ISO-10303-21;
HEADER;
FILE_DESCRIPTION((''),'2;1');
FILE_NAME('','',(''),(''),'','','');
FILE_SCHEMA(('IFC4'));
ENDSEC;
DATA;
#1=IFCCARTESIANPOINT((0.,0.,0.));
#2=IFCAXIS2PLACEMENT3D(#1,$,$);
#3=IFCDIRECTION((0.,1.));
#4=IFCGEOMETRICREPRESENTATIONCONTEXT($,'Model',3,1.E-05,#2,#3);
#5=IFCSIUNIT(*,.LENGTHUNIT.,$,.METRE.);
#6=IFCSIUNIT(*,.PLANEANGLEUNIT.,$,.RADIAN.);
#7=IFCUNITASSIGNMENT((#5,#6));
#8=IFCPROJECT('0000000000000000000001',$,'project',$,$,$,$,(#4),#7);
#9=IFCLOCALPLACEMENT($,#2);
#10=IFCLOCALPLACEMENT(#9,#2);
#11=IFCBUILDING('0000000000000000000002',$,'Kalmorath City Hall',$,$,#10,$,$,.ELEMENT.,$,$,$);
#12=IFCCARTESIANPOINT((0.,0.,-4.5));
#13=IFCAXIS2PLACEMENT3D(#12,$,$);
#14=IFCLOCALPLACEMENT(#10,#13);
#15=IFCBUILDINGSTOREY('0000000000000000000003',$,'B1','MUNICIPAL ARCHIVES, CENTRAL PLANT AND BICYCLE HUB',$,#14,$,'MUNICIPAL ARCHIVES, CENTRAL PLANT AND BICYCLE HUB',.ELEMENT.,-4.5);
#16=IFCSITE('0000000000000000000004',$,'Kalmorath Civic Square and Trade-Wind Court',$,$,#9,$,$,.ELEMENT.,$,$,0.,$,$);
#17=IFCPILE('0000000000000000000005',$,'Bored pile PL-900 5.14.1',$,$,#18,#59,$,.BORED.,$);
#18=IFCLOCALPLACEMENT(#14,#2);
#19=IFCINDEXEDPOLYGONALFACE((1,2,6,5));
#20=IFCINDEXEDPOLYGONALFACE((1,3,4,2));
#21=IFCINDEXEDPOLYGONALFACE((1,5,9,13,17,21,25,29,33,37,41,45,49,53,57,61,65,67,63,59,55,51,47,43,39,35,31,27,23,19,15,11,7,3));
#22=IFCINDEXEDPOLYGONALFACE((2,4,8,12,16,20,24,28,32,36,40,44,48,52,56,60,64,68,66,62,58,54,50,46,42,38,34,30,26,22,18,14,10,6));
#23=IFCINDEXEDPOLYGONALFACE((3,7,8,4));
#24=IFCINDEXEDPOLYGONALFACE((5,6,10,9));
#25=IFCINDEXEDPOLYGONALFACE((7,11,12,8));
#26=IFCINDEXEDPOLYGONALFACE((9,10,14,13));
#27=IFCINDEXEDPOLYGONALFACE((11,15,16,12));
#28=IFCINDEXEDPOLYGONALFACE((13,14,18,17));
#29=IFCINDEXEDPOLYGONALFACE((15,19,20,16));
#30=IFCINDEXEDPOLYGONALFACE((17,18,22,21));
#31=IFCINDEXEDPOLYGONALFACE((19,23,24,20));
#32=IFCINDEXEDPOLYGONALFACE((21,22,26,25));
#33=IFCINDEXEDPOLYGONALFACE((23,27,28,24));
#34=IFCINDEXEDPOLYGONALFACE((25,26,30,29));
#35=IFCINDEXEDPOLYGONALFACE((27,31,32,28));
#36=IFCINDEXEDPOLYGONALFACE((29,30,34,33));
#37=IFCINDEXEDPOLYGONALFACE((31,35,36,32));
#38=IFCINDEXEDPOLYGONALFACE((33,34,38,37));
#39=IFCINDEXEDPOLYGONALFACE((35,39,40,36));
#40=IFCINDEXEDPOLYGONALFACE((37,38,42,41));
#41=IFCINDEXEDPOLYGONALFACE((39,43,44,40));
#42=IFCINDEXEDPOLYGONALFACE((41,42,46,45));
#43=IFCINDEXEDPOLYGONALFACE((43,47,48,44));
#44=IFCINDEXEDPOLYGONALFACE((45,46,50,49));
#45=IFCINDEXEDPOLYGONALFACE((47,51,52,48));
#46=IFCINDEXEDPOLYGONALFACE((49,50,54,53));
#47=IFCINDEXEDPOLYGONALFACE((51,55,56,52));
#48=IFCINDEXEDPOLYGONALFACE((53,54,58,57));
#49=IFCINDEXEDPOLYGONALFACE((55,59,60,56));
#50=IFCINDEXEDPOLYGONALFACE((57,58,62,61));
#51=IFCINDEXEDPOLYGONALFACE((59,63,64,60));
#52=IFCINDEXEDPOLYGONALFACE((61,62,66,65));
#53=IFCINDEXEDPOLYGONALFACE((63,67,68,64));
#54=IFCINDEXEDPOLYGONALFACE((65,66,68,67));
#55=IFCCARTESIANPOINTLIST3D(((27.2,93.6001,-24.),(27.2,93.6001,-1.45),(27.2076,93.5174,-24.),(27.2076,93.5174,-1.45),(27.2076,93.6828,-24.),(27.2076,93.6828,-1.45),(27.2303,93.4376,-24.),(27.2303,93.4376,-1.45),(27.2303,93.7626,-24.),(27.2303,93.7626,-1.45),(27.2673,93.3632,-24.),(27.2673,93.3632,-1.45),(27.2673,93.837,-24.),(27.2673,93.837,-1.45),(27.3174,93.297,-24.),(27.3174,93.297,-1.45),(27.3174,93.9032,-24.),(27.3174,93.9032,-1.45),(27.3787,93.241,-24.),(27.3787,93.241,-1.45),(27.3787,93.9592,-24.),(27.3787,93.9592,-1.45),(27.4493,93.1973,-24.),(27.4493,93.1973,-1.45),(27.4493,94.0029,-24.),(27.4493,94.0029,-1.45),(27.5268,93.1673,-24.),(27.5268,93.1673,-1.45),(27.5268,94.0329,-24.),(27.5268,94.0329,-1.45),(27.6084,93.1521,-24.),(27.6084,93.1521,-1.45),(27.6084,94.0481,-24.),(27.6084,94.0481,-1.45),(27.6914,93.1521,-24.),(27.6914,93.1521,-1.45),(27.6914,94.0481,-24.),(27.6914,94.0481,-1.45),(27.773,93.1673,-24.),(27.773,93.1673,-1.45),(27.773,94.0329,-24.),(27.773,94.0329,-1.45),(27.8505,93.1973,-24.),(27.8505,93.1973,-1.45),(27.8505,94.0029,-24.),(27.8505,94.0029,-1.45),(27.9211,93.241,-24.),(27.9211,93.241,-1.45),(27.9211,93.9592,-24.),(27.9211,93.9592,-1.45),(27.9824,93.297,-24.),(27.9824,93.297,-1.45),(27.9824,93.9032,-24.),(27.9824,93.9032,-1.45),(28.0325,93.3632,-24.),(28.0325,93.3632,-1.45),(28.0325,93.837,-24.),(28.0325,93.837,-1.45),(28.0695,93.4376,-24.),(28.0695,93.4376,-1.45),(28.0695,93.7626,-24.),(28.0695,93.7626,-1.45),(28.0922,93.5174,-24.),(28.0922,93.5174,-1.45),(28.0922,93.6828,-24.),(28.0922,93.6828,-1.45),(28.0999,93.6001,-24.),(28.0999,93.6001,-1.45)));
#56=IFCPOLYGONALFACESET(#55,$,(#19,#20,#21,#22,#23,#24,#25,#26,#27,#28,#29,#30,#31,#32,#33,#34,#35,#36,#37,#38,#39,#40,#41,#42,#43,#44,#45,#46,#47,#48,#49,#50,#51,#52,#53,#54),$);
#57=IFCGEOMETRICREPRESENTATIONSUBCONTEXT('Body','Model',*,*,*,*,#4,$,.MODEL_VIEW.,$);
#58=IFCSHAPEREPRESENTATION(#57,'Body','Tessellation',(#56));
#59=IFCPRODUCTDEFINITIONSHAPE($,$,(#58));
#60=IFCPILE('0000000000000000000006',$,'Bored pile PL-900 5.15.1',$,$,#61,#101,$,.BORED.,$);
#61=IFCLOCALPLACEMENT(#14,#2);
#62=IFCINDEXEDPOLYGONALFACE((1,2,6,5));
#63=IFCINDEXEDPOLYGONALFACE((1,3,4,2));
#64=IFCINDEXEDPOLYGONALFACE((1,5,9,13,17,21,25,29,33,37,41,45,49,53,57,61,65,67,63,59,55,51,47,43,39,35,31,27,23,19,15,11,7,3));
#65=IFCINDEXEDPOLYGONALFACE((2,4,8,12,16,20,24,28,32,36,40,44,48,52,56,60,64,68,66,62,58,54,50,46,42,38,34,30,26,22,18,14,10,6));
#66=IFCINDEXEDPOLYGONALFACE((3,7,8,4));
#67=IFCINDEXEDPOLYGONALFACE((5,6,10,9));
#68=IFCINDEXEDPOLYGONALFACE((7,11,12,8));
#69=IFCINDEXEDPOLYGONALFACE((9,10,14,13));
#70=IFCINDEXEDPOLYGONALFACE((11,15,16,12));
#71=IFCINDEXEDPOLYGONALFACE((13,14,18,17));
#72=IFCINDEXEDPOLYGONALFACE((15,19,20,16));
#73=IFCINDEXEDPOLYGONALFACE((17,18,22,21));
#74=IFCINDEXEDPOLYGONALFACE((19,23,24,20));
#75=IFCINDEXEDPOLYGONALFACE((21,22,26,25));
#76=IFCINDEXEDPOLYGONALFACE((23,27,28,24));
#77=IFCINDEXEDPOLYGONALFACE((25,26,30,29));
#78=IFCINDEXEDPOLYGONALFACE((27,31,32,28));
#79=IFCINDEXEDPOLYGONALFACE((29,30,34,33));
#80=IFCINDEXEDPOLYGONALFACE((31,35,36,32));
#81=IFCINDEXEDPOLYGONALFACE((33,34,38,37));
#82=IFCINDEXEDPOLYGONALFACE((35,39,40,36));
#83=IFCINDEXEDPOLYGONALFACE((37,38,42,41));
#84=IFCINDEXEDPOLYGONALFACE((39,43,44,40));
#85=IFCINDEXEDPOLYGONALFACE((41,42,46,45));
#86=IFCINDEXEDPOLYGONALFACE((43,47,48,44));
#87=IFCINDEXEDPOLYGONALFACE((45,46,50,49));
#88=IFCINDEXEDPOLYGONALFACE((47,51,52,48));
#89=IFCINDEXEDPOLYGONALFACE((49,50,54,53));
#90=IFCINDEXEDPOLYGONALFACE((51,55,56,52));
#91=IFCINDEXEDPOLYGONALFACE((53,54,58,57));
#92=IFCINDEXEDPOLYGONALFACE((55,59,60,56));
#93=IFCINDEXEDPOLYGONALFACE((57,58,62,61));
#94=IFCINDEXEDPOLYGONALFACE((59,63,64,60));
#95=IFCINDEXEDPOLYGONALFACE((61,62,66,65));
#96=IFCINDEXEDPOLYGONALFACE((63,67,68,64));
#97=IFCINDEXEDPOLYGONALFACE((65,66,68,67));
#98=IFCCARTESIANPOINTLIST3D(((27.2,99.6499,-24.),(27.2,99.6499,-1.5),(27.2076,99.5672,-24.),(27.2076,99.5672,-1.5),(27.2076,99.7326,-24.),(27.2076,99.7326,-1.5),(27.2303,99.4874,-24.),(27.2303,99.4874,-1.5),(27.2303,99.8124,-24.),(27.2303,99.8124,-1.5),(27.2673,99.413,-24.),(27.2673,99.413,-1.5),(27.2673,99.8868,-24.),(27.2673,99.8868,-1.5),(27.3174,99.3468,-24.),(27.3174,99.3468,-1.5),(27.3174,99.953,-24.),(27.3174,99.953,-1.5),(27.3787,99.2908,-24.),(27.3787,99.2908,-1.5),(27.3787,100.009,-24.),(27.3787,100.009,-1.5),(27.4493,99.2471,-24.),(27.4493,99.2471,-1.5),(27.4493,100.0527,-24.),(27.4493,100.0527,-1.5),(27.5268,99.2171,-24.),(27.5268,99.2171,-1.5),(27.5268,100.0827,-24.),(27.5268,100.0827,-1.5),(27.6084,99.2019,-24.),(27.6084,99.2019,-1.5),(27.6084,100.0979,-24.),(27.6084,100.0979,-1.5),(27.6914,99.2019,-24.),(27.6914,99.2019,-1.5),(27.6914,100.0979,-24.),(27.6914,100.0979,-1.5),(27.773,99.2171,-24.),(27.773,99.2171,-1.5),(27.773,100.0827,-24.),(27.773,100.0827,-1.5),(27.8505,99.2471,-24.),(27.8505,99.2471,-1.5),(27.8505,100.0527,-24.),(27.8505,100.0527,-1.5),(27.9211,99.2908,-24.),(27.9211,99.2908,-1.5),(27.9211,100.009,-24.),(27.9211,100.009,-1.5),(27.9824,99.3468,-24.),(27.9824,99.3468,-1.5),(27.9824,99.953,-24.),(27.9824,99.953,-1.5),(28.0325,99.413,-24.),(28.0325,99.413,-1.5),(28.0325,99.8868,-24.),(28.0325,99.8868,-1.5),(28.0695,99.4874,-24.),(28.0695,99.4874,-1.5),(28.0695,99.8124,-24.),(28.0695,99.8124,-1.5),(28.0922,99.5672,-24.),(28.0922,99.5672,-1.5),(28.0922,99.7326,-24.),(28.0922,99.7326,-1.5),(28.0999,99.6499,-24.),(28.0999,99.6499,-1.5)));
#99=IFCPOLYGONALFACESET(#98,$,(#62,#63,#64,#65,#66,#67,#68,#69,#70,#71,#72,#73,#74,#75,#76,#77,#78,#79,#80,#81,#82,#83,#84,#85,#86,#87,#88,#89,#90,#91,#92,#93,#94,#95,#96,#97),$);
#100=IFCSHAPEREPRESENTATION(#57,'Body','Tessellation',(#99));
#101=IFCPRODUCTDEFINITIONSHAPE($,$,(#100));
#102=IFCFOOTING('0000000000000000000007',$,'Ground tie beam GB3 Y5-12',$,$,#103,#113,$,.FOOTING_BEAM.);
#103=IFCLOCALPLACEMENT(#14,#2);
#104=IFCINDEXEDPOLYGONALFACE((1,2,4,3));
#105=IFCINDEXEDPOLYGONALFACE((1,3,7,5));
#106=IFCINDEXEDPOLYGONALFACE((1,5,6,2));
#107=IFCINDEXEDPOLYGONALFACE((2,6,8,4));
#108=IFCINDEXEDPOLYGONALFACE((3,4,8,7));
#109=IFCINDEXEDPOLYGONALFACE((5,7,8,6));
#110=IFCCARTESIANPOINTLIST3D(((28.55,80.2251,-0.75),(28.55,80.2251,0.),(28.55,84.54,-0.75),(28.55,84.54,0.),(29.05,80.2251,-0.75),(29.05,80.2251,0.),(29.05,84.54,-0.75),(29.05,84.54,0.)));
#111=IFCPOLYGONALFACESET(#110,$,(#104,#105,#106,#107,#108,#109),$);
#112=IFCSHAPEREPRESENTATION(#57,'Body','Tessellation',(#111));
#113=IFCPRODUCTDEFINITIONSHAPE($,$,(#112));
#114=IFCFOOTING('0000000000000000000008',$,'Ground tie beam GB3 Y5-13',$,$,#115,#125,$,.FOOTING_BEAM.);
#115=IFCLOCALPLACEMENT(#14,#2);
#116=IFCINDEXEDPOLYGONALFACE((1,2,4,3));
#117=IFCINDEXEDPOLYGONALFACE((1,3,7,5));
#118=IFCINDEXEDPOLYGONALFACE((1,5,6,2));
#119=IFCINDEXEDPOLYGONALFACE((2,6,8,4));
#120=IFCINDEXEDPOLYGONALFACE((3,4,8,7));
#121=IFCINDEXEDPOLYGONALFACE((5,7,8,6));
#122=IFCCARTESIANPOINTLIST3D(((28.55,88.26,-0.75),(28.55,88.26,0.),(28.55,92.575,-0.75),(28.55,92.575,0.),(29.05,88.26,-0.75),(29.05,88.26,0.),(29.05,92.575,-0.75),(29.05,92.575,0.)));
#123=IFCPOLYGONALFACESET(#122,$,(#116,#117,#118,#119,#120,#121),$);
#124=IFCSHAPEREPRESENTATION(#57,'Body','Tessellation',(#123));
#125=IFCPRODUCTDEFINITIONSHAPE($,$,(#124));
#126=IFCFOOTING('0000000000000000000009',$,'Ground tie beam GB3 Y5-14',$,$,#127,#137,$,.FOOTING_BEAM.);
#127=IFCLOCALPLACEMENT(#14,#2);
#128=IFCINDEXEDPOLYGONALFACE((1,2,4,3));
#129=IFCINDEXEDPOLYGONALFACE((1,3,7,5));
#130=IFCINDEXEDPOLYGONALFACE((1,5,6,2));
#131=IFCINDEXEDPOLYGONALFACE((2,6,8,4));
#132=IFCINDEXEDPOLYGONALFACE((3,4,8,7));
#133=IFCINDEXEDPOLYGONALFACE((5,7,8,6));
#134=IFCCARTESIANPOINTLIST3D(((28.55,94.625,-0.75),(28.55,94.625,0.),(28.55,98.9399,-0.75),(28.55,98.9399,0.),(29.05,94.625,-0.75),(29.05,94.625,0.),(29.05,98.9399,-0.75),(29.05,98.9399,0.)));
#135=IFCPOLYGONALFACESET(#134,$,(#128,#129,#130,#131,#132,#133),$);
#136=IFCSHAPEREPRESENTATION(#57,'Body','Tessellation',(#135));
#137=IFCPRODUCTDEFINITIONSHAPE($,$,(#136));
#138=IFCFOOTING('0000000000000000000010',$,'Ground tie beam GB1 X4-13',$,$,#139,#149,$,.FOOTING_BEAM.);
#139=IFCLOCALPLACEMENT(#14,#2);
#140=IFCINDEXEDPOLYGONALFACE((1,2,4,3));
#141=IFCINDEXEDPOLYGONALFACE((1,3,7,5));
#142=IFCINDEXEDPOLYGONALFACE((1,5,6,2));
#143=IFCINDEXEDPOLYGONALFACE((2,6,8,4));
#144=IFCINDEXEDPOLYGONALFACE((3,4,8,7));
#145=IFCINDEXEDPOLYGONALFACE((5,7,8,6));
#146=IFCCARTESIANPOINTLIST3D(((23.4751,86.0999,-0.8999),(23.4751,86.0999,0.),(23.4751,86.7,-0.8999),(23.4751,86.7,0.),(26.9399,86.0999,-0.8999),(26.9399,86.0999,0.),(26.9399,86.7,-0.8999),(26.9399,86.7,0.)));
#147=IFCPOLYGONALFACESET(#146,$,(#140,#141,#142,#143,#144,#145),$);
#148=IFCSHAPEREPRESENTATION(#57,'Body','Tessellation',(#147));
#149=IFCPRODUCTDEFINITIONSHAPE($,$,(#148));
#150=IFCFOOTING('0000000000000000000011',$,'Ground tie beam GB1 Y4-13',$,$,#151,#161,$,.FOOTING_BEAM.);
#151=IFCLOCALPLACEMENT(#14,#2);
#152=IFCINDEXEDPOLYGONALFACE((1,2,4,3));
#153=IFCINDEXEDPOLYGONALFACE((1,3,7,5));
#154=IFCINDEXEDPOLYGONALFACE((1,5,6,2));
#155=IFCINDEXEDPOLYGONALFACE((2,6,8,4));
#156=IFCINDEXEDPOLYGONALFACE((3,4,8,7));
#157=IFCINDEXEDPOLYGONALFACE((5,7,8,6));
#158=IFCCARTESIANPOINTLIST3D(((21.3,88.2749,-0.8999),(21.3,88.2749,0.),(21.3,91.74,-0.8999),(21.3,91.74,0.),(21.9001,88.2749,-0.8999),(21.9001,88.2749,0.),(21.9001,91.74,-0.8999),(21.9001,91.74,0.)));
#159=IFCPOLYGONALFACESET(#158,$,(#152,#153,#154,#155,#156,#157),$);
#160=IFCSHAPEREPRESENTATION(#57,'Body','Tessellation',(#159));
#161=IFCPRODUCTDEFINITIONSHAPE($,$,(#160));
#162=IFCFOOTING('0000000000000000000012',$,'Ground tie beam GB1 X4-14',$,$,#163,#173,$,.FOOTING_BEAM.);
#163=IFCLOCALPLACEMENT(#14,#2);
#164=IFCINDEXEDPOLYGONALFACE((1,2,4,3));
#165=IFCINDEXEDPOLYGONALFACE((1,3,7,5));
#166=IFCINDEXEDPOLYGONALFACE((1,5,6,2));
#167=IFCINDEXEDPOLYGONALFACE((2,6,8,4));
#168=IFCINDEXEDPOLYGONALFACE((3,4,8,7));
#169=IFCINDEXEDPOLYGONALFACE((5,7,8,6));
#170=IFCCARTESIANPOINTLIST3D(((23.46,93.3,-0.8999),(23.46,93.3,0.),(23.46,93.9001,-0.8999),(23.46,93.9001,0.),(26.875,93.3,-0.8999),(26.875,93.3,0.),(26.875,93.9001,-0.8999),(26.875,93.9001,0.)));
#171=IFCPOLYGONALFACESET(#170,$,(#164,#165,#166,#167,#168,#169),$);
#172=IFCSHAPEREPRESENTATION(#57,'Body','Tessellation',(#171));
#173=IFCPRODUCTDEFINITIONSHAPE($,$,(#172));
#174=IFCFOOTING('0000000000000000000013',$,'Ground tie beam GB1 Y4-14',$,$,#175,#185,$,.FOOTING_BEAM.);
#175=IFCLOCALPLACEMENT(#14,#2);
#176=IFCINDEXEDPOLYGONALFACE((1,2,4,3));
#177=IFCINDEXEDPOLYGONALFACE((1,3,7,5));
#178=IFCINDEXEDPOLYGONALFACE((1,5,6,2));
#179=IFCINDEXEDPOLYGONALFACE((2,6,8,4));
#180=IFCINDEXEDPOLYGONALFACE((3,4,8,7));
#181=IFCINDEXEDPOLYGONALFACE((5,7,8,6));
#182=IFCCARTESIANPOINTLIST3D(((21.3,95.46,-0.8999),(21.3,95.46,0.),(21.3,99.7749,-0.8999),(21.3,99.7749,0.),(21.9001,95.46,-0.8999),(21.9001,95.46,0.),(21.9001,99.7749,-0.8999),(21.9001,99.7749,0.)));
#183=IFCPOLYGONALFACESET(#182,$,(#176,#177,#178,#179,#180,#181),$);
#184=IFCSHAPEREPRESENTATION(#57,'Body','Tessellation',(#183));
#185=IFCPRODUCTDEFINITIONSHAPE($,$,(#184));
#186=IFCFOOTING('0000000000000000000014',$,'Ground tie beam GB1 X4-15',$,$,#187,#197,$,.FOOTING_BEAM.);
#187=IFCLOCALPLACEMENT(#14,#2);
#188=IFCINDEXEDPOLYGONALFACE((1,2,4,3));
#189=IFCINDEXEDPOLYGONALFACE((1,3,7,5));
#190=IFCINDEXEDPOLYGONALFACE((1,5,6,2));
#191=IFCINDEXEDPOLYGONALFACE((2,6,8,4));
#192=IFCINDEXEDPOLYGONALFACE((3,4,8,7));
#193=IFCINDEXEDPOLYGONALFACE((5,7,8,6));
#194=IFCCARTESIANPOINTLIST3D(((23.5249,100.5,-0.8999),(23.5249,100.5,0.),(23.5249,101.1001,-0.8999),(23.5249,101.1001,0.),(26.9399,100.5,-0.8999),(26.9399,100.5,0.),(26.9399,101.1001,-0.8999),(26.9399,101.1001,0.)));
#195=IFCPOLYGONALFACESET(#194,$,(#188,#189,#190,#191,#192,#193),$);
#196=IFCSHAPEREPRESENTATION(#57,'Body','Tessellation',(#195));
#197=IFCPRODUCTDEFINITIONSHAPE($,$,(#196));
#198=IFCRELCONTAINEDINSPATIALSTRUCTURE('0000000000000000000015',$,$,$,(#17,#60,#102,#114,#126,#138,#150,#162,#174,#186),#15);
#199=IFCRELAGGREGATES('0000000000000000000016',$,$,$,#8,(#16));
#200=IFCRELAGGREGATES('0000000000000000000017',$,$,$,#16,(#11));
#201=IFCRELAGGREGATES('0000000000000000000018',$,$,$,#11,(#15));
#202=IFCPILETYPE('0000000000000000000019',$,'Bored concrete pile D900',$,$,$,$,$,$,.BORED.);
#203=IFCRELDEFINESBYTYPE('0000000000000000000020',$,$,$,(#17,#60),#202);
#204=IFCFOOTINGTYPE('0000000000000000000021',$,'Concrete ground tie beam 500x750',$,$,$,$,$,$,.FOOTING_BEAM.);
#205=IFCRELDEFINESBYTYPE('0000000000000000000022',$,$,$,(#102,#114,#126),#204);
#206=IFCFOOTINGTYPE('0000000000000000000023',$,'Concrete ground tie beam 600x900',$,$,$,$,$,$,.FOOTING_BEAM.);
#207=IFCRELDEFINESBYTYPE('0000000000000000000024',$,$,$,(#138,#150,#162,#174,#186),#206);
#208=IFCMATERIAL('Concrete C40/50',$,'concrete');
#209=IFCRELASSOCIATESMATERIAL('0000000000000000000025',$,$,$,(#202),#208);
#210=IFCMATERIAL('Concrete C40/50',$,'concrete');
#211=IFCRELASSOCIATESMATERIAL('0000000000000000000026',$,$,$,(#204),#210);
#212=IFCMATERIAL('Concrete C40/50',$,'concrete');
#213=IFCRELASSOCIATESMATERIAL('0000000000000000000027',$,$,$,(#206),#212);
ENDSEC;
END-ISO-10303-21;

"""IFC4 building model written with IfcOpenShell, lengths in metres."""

from ifc_helpers import new_model, si_unit, direction, frame, origin, origin_2d, place, context, subcontext, project, spatial, rectangle, circle, extrude, material, material_profile, profile_set, type_object, element, save


model = new_model("IFC4")

# Units and contexts
model_context = context("Model", 3, precision=1e-05, world=origin(), true_north=direction((0.0, 1.0)))
body_context = subcontext(model_context, "Body", "Model", "MODEL_VIEW")
ifc_project = project(units=[si_unit("LENGTHUNIT", "METRE"), si_unit("PLANEANGLEUNIT", "RADIAN")], contexts=[model_context])

# Site, building, storey
site_placement = place(None, origin())
site = spatial("IfcSite", under=ifc_project, at=site_placement, Name="Kalmorath Civic Square and Trade-Wind Court", CompositionType="ELEMENT", RefElevation=0.0)
building_placement = place(site_placement, origin())
building = spatial("IfcBuilding", under=site, at=building_placement, Name="Kalmorath City Hall", CompositionType="ELEMENT")
storey_placement = place(building_placement, frame((0.0, 0.0, -4.5)))
storey = spatial("IfcBuildingStorey", under=building, at=storey_placement, Name="B1", Description="MUNICIPAL ARCHIVES, CENTRAL PLANT AND BICYCLE HUB", LongName="MUNICIPAL ARCHIVES, CENTRAL PLANT AND BICYCLE HUB", CompositionType="ELEMENT", Elevation=-4.5)

# Piles
ifc_material_1 = material(Name="Concrete C40/50", Category="concrete")
ifc_material_profile_1 = material_profile(ifc_material_1, circle(Radius=0.45, at=origin_2d()), Name="PILE-D900")
ifc_profile_set_1 = profile_set([ifc_material_profile_1], Name="Concrete C40/50")
pile_type = type_object("IfcPileType", Name="Bored concrete pile D900", PredefinedType="BORED", material=ifc_profile_set_1)
pile_1_placement = place(storey_placement, frame((27.6499, 93.6001, -1.45), z_axis=(0.0, 0.0, -1.0), x_axis=(1.0, 0.0, 0.0)))
element("IfcPile", 1, at=pile_1_placement, inside=storey, type_object=pile_type, Name="Bored pile PL-900 5.14.1", PredefinedType="BORED", context=body_context, shape_type="SweptSolid", body=[
    extrude(circle(Radius=0.45, at=origin_2d()), origin(), (0.0, 0.0, 1.0), 22.55),
])
pile_2_placement = place(storey_placement, frame((27.6499, 99.6499, -1.5), z_axis=(0.0, 0.0, -1.0), x_axis=(1.0, 0.0, 0.0)))
element("IfcPile", 2, at=pile_2_placement, inside=storey, type_object=pile_type, Name="Bored pile PL-900 5.15.1", PredefinedType="BORED", context=body_context, shape_type="SweptSolid", body=[
    extrude(circle(Radius=0.45, at=origin_2d()), origin(), (0.0, 0.0, 1.0), 22.5),
])

# Footings
ifc_material_2 = material(Name="Concrete C40/50", Category="concrete")
ifc_material_profile_2 = material_profile(ifc_material_2, rectangle(XDim=0.5, YDim=0.75, at=origin_2d()), Name="RC-BM-500X750")
ifc_profile_set_2 = profile_set([ifc_material_profile_2], Name="Concrete C40/50")
footing_type_1 = type_object("IfcFootingType", Name="Concrete ground tie beam 500x750", PredefinedType="FOOTING_BEAM", material=ifc_profile_set_2)
for number, where, z_axis, x_axis, name in (
    (3, (28.8, 80.2251, -0.375), (0.0, 1.0, 0.0), (-1.0, 0.0, 0.0), "Ground tie beam GB3 Y5-12"),
    (4, (28.8, 88.26, -0.375), (0.0, 1.0, 0.0), (-1.0, 0.0, 0.0), "Ground tie beam GB3 Y5-13"),
    (5, (28.8, 94.625, -0.375), (0.0, 1.0, 0.0), (-1.0, 0.0, 0.0), "Ground tie beam GB3 Y5-14"),
):
    element("IfcFooting", number, at=place(storey_placement, frame(where, z_axis=z_axis, x_axis=x_axis)), inside=storey, type_object=footing_type_1, Name=name, PredefinedType="FOOTING_BEAM", context=body_context, shape_type="SweptSolid", body=[
        extrude(rectangle(XDim=0.5, YDim=0.75, at=origin_2d()), origin(), (0.0, 0.0, 1.0), 4.3149),
    ])
ifc_material_3 = material(Name="Concrete C40/50", Category="concrete")
ifc_material_profile_3 = material_profile(ifc_material_3, rectangle(XDim=0.6001, YDim=0.8999, at=origin_2d()), Name="RC-BM-600X900")
ifc_profile_set_3 = profile_set([ifc_material_profile_3], Name="Concrete C40/50")
footing_type_2 = type_object("IfcFootingType", Name="Concrete ground tie beam 600x900", PredefinedType="FOOTING_BEAM", material=ifc_profile_set_3)
footing_1_placement = place(storey_placement, frame((23.4751, 86.3999, -0.45), z_axis=(1.0, 0.0, 0.0), x_axis=(0.0, 1.0, 0.0)))
element("IfcFooting", 6, at=footing_1_placement, inside=storey, type_object=footing_type_2, Name="Ground tie beam GB1 X4-13", PredefinedType="FOOTING_BEAM", context=body_context, shape_type="SweptSolid", body=[
    extrude(rectangle(XDim=0.6001, YDim=0.8999, at=origin_2d()), origin(), (0.0, 0.0, 1.0), 3.4648),
])
footing_2_placement = place(storey_placement, frame((21.6001, 88.2749, -0.45), z_axis=(0.0, 1.0, 0.0), x_axis=(-1.0, 0.0, 0.0)))
element("IfcFooting", 7, at=footing_2_placement, inside=storey, type_object=footing_type_2, Name="Ground tie beam GB1 Y4-13", PredefinedType="FOOTING_BEAM", context=body_context, shape_type="SweptSolid", body=[
    extrude(rectangle(XDim=0.6001, YDim=0.8999, at=origin_2d()), origin(), (0.0, 0.0, 1.0), 3.4651),
])
footing_3_placement = place(storey_placement, frame((23.46, 93.6001, -0.45), z_axis=(1.0, 0.0, 0.0), x_axis=(0.0, 1.0, 0.0)))
element("IfcFooting", 8, at=footing_3_placement, inside=storey, type_object=footing_type_2, Name="Ground tie beam GB1 X4-14", PredefinedType="FOOTING_BEAM", context=body_context, shape_type="SweptSolid", body=[
    extrude(rectangle(XDim=0.6001, YDim=0.8999, at=origin_2d()), origin(), (0.0, 0.0, 1.0), 3.415),
])
footing_4_placement = place(storey_placement, frame((21.6001, 95.46, -0.45), z_axis=(0.0, 1.0, 0.0), x_axis=(-1.0, 0.0, 0.0)))
element("IfcFooting", 9, at=footing_4_placement, inside=storey, type_object=footing_type_2, Name="Ground tie beam GB1 Y4-14", PredefinedType="FOOTING_BEAM", context=body_context, shape_type="SweptSolid", body=[
    extrude(rectangle(XDim=0.6001, YDim=0.8999, at=origin_2d()), origin(), (0.0, 0.0, 1.0), 4.3149),
])
footing_5_placement = place(storey_placement, frame((23.5249, 100.8, -0.45), z_axis=(1.0, 0.0, 0.0), x_axis=(0.0, 1.0, 0.0)))
element("IfcFooting", 10, at=footing_5_placement, inside=storey, type_object=footing_type_2, Name="Ground tie beam GB1 X4-15", PredefinedType="FOOTING_BEAM", context=body_context, shape_type="SweptSolid", body=[
    extrude(rectangle(XDim=0.6001, YDim=0.8999, at=origin_2d()), origin(), (0.0, 0.0, 1.0), 3.415),
])

save(model, "model.ifc")
